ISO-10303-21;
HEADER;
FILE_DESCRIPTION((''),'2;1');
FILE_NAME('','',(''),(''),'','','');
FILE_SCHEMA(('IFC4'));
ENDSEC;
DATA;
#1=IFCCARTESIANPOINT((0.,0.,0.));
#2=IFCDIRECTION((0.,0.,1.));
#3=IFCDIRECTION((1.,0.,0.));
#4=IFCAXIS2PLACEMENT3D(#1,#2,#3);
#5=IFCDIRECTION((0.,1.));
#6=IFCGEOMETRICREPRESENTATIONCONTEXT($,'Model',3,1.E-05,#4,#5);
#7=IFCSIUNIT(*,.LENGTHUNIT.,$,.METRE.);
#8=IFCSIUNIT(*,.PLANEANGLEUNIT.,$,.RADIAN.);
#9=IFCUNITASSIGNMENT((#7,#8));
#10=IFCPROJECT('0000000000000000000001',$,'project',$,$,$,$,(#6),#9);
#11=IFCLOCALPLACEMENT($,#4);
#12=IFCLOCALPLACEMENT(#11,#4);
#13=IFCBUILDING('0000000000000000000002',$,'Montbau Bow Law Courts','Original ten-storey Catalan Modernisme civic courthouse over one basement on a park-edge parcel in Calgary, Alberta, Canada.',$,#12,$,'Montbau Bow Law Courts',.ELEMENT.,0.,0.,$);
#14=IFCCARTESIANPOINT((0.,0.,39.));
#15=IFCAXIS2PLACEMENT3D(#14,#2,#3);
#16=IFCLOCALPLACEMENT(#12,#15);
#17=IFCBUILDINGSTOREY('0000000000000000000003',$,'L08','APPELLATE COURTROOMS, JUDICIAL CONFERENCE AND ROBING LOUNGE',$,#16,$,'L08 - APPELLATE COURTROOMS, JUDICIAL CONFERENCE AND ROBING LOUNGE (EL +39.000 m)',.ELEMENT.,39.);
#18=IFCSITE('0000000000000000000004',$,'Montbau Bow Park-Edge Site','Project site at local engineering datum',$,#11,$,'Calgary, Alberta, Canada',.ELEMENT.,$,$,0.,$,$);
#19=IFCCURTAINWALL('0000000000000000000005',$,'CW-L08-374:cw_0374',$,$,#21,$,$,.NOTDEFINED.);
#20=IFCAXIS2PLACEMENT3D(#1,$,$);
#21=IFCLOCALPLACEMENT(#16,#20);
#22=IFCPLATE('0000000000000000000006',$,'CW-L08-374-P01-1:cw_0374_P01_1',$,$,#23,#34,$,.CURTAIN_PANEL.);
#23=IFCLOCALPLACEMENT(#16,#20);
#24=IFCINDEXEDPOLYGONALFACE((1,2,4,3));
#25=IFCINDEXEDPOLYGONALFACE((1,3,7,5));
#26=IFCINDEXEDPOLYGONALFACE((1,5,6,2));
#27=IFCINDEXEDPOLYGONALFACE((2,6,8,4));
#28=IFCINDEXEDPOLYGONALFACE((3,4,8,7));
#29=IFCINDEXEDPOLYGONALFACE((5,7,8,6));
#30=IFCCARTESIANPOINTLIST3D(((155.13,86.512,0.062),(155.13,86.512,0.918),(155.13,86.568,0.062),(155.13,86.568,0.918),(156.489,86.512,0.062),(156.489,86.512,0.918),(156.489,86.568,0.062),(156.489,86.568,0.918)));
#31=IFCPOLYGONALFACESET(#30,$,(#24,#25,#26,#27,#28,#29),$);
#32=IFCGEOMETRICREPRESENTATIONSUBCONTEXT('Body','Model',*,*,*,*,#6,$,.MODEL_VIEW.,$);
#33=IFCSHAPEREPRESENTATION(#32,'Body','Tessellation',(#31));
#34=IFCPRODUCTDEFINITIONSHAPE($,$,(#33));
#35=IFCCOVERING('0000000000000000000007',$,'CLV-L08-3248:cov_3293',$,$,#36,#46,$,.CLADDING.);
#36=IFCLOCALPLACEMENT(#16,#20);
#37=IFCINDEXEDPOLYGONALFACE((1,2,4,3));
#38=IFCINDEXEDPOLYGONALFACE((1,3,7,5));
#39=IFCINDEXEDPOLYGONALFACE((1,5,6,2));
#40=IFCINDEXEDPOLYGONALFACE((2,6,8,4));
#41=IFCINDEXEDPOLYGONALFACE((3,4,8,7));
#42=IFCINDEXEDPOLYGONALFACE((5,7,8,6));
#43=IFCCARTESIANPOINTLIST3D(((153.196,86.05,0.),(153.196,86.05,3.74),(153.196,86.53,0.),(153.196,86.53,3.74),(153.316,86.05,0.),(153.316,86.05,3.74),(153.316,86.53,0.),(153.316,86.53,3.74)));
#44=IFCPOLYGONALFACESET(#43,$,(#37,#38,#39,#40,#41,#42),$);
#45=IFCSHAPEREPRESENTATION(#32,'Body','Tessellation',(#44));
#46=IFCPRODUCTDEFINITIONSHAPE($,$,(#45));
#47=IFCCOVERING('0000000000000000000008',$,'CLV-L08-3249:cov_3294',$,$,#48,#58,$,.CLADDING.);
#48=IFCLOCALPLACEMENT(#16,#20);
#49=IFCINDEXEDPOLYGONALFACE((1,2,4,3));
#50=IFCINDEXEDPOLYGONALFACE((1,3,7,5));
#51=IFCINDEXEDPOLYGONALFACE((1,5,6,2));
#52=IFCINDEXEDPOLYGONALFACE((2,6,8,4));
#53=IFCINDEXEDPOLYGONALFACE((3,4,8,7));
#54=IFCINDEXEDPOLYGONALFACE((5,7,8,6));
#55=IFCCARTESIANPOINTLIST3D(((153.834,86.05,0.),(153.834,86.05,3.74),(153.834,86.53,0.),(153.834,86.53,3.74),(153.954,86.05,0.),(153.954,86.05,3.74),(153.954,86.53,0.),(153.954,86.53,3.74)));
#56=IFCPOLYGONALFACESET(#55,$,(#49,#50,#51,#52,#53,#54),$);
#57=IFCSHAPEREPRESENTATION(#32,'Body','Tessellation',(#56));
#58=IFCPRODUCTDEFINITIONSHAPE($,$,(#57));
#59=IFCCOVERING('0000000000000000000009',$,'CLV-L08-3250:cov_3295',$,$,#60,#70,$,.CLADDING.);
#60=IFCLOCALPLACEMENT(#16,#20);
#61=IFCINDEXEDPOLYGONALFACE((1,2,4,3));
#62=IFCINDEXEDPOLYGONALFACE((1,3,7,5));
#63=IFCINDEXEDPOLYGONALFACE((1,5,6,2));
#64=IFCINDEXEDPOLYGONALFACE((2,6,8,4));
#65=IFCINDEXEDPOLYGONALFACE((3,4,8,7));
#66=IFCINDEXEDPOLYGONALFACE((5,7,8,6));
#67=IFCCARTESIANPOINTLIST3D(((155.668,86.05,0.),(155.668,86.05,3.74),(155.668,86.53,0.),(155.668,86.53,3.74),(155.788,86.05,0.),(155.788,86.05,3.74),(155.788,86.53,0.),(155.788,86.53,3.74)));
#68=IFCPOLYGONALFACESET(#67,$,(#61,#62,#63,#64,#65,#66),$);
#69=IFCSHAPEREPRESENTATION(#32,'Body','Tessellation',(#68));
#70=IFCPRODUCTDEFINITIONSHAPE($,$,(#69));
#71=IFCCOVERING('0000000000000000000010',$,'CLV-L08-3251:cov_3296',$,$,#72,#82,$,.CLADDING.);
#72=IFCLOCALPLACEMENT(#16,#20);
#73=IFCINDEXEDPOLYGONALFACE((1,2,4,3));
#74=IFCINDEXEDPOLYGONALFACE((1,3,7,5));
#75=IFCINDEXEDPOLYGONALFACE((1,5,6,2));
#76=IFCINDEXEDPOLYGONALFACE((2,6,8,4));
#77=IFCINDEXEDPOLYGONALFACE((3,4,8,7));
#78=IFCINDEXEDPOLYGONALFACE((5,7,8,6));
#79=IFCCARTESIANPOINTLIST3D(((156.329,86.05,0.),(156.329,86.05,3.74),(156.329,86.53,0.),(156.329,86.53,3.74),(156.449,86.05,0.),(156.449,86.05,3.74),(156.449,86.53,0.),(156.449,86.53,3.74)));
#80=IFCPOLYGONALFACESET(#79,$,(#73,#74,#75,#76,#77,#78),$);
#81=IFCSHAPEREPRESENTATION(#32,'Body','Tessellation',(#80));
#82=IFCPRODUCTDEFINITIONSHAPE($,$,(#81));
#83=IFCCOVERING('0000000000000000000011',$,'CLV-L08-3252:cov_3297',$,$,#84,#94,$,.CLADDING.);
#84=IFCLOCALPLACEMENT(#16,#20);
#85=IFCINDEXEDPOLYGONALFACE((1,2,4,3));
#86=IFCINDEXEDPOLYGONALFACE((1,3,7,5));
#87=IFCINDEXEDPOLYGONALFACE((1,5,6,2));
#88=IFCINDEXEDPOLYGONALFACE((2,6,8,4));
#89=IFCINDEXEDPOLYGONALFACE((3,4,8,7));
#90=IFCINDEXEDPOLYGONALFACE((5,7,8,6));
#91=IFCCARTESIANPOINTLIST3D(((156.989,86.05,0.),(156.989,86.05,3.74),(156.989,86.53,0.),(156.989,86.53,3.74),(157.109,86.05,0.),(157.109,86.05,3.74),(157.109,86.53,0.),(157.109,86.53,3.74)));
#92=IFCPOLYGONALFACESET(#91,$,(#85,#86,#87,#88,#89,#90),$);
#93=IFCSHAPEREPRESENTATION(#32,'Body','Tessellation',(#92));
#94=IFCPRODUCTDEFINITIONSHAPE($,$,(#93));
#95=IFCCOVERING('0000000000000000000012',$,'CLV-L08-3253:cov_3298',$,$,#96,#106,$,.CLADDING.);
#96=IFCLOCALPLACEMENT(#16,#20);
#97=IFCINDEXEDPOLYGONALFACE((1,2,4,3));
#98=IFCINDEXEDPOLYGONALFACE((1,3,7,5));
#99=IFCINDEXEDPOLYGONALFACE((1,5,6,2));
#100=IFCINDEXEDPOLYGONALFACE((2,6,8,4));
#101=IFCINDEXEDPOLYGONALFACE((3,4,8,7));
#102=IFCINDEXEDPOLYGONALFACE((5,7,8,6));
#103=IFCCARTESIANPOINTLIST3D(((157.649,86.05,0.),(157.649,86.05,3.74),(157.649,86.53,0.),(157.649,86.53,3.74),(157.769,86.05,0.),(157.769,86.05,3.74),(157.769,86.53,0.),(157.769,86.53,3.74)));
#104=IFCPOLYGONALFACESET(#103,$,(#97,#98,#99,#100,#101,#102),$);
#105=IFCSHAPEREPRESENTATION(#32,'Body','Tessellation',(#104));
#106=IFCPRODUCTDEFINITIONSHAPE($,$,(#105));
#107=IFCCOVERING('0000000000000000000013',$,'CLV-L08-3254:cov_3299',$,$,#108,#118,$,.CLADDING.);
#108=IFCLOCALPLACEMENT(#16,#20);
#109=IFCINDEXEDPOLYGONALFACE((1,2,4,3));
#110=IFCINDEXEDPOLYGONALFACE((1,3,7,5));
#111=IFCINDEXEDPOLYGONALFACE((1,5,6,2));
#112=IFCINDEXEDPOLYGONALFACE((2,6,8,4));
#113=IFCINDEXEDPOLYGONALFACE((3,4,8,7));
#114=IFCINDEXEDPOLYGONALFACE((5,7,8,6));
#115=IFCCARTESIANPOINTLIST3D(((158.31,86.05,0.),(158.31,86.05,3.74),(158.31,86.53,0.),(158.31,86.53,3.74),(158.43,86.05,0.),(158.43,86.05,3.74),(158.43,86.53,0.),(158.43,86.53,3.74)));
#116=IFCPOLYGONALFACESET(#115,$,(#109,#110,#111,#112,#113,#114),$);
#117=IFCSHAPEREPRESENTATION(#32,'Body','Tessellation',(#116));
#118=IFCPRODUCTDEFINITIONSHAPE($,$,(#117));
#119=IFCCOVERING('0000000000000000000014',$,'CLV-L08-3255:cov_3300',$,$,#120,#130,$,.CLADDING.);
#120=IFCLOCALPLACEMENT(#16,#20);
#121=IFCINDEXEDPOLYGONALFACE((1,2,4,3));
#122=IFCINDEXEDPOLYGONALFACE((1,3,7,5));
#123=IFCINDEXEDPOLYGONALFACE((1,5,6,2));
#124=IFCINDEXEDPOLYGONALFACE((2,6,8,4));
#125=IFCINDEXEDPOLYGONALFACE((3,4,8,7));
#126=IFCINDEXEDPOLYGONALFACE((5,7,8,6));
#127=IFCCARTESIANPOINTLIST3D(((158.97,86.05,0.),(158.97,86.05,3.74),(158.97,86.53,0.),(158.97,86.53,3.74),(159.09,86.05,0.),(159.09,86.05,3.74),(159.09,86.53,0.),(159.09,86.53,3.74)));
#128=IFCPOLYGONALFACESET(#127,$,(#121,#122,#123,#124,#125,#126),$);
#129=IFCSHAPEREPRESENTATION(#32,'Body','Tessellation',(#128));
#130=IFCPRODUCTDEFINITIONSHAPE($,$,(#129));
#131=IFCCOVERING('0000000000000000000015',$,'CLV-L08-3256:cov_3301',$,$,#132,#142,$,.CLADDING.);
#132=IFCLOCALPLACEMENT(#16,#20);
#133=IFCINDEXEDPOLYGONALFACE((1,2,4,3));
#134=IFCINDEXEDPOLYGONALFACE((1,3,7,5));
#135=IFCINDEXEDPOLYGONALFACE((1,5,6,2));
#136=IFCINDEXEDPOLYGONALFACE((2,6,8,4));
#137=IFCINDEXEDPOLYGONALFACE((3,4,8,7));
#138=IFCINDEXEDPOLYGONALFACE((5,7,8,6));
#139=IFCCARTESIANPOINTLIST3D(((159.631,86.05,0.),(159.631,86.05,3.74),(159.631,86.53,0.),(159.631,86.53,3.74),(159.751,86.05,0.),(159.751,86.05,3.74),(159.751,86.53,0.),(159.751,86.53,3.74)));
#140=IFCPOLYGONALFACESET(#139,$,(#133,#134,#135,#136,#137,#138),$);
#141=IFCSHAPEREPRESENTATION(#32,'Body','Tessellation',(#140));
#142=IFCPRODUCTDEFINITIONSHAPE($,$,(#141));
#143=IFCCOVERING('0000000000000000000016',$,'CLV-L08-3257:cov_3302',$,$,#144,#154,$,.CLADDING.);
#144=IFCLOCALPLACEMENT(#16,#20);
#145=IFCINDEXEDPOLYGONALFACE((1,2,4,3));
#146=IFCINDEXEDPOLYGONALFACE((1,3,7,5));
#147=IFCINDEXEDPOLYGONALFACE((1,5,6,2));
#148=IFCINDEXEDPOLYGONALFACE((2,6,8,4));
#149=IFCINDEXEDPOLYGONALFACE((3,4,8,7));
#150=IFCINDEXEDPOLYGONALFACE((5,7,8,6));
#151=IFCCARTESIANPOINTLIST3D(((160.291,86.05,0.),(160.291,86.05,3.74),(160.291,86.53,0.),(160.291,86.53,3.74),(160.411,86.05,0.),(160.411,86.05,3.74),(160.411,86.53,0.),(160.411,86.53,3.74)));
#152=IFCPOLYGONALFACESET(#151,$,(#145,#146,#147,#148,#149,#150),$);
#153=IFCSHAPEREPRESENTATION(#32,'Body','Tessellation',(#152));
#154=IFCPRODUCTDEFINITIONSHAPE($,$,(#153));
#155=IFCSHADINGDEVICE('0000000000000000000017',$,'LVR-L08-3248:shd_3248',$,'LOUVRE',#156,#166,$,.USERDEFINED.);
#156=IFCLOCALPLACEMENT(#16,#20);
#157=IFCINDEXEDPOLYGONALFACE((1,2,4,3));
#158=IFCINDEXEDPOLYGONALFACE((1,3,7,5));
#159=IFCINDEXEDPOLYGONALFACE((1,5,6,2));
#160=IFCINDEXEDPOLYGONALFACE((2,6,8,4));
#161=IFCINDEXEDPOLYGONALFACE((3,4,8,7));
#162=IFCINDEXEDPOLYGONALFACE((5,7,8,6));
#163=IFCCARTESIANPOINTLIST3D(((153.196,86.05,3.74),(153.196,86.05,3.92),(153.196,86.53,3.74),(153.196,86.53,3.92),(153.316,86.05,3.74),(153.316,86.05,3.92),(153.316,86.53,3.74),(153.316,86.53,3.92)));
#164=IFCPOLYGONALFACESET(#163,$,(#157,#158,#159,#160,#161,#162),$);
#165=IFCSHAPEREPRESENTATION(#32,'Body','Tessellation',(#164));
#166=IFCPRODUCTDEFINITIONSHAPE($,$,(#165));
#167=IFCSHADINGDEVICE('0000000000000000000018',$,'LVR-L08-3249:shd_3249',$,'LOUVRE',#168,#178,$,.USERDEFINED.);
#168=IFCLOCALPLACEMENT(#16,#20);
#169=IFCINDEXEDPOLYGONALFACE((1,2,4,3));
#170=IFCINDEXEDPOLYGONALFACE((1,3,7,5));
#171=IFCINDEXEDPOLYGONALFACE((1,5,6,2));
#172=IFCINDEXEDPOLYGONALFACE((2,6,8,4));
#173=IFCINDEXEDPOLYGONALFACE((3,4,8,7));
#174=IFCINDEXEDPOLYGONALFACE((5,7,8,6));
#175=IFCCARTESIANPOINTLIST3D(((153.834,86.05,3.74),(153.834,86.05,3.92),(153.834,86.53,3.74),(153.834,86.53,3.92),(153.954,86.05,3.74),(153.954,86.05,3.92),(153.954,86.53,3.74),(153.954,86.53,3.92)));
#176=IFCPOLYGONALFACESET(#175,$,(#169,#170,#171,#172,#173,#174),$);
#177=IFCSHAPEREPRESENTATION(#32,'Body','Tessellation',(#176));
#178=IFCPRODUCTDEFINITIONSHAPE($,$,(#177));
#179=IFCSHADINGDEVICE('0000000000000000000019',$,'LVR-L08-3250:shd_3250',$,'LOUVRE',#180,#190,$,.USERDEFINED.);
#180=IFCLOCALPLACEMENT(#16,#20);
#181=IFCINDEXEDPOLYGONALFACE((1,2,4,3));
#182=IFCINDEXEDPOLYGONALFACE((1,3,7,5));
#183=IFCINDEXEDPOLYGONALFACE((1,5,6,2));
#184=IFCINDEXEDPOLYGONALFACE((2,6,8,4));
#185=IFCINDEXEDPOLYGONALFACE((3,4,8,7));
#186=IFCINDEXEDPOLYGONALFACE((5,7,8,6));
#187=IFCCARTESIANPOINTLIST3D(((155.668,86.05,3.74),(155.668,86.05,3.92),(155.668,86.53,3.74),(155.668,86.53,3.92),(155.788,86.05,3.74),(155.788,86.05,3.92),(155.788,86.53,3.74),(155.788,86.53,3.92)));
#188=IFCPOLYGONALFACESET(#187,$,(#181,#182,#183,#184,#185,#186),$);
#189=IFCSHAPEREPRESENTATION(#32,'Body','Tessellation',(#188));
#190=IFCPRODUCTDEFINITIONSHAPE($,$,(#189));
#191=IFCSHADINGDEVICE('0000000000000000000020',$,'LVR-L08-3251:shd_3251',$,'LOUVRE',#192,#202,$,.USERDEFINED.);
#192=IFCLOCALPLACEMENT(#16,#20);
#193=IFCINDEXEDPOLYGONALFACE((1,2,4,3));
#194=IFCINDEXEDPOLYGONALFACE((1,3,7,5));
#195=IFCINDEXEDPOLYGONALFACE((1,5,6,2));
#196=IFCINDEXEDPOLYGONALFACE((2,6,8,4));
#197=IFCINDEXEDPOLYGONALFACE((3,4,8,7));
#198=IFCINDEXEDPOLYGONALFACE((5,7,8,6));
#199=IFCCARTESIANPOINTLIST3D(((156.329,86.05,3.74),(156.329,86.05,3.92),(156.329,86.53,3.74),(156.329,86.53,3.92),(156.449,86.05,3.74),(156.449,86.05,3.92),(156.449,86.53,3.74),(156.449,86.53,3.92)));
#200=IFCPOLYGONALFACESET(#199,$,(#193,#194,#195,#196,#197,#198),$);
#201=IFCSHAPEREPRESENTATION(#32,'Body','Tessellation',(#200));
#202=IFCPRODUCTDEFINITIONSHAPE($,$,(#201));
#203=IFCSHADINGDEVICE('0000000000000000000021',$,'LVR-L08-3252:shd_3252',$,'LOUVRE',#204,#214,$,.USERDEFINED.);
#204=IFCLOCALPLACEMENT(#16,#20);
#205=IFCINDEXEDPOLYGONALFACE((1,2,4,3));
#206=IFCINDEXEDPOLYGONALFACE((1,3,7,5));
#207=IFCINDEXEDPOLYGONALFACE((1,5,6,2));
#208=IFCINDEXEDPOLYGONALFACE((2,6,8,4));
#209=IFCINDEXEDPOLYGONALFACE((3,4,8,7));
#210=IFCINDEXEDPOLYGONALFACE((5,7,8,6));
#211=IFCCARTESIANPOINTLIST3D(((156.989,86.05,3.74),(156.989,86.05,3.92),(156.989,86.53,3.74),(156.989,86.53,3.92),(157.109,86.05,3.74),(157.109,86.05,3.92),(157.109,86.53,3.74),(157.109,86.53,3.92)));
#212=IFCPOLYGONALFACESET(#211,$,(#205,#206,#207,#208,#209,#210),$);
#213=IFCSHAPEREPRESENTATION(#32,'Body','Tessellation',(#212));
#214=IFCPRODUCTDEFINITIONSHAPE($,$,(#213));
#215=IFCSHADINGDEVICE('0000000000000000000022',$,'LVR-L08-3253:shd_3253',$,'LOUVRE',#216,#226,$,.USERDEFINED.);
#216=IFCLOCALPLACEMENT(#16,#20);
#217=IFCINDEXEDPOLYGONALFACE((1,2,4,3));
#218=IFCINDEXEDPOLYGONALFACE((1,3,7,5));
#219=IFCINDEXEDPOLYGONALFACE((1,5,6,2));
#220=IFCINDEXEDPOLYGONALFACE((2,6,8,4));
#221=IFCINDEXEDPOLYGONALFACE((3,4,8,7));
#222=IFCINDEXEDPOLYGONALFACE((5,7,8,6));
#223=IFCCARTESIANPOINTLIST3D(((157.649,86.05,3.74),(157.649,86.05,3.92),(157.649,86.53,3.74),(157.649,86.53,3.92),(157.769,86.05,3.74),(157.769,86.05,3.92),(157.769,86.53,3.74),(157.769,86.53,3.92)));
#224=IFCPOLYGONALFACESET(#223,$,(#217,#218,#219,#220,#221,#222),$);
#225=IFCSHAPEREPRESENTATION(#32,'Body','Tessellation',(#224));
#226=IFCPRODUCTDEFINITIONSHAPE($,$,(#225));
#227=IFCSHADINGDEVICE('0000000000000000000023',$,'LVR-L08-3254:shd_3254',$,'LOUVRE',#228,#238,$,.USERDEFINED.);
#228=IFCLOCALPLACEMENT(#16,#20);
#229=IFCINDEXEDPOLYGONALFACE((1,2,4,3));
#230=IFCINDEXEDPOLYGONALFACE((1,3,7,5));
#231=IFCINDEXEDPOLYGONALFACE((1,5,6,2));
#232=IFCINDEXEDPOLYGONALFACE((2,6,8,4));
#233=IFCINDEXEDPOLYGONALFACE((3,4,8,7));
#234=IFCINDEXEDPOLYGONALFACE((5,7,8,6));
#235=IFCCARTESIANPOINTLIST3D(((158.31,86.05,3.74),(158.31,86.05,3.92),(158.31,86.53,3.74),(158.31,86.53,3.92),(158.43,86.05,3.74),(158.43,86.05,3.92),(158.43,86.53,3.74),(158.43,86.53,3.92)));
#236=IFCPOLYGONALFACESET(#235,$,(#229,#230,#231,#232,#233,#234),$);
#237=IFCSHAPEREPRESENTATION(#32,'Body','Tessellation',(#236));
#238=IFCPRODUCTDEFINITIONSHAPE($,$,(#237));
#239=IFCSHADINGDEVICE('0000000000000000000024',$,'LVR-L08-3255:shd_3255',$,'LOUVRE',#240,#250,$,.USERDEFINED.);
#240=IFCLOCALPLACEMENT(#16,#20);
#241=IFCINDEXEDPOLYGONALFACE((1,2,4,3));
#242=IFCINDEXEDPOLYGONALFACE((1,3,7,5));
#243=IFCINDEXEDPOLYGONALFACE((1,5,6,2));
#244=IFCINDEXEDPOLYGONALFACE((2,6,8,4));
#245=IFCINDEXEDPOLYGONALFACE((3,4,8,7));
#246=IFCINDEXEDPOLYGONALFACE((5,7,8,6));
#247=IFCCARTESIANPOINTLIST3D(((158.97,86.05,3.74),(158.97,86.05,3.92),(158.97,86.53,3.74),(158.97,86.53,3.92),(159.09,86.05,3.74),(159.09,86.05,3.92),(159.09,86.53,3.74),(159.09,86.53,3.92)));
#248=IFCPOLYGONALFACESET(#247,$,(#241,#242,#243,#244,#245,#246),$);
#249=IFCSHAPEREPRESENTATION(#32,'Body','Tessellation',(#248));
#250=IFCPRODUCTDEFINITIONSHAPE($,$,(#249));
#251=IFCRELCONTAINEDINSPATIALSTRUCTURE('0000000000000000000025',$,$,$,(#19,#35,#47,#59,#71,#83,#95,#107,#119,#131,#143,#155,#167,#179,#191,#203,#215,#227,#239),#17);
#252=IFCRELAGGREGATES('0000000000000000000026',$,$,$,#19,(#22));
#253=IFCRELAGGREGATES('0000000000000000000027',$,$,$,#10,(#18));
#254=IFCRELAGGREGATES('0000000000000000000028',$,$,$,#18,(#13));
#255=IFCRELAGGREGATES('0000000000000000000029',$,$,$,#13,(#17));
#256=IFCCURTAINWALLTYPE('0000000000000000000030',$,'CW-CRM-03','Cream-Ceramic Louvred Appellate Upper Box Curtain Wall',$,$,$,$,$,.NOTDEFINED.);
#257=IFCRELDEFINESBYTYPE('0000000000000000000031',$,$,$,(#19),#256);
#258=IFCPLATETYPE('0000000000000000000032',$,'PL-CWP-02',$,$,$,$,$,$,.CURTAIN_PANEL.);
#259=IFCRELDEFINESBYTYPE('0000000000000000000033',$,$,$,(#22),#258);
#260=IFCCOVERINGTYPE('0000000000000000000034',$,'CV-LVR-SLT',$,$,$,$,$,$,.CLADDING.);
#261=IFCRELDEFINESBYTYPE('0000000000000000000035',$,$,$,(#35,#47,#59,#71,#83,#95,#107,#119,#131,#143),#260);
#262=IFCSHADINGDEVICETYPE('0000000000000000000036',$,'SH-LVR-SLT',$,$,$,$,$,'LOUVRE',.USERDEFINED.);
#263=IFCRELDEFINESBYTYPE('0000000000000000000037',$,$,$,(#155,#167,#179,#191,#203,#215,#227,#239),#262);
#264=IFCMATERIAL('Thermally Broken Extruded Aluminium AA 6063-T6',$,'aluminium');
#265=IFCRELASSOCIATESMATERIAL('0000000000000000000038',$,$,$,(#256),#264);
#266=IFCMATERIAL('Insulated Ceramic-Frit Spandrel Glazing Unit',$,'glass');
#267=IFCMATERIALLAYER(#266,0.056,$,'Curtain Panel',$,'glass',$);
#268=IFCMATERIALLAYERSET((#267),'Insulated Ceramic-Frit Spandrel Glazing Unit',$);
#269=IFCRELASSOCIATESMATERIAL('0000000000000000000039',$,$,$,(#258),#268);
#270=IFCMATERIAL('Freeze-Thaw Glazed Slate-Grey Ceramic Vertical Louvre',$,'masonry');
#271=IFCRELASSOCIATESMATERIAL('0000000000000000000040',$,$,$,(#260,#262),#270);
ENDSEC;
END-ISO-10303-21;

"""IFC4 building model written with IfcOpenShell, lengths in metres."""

from ifc_helpers import new_model, si_unit, direction, frame, frame_2d, origin_with_axes, origin_2d_with_axis, place, context, subcontext, project, spatial, rectangle, extrude, material, layer, layer_set, type_object, element, aggregate, save


model = new_model("IFC4")

# Units and contexts
model_context = context("Model", 3, precision=1e-05, world=origin_with_axes(), true_north=direction((0.0, 1.0)))
body_context = subcontext(model_context, "Body", "Model", "MODEL_VIEW")
ifc_project = project(units=[si_unit("LENGTHUNIT", "METRE"), si_unit("PLANEANGLEUNIT", "RADIAN")], contexts=[model_context])

# Site, building, storey
site_placement = place(None, origin_with_axes())
site = spatial("IfcSite", under=ifc_project, at=site_placement, Name="Montbau Bow Park-Edge Site", Description="Project site at local engineering datum", LongName="Calgary, Alberta, Canada", CompositionType="ELEMENT", RefElevation=0.0)
building_placement = place(site_placement, origin_with_axes())
building = spatial("IfcBuilding", under=site, at=building_placement, Name="Montbau Bow Law Courts", Description="Original ten-storey Catalan Modernisme civic courthouse over one basement on a park-edge parcel in Calgary, Alberta, Canada.", LongName="Montbau Bow Law Courts", CompositionType="ELEMENT", ElevationOfRefHeight=0.0, ElevationOfTerrain=0.0)
storey_placement = place(building_placement, frame((0.0, 0.0, 39.0), z_axis=(0.0, 0.0, 1.0), x_axis=(1.0, 0.0, 0.0)))
storey = spatial("IfcBuildingStorey", under=building, at=storey_placement, Name="L08", Description="APPELLATE COURTROOMS, JUDICIAL CONFERENCE AND ROBING LOUNGE", LongName="L08 - APPELLATE COURTROOMS, JUDICIAL CONFERENCE AND ROBING LOUNGE (EL +39.000 m)", CompositionType="ELEMENT", Elevation=39.0)

# Shared definitions
ifc_material_1 = material(Name="Thermally Broken Extruded Aluminium AA 6063-T6", Category="aluminium")
curtain_wall_type = type_object("IfcCurtainWallType", Name="CW-CRM-03", Description="Cream-Ceramic Louvred Appellate Upper Box Curtain Wall", PredefinedType="NOTDEFINED", material=ifc_material_1)

# Curtain wall
curtain_wall_1_placement = place(None, frame((155.068, 86.54, 39.0), z_axis=(0.0, 0.0, 1.0), x_axis=(1.0, 0.0, 0.0)))
curtain_wall_1 = element("IfcCurtainWall", 1, at=curtain_wall_1_placement, inside=storey, type_object=curtain_wall_type, Name="CW-L08-374:cw_0374", PredefinedType="NOTDEFINED")

# Plate
ifc_material_2 = material(Name="Insulated Ceramic-Frit Spandrel Glazing Unit", Category="glass")
ifc_layer_1 = layer(ifc_material_2, 0.056, Name="Curtain Panel", Category="glass")
ifc_layer_set_1 = layer_set([ifc_layer_1], Name="Insulated Ceramic-Frit Spandrel Glazing Unit")
plate_type_1 = type_object("IfcPlateType", Name="PL-CWP-02", PredefinedType="CURTAIN_PANEL", material=ifc_layer_set_1)
plate_1_placement = place(None, frame((155.13, 86.54, 39.062), z_axis=(0.0, -1.0, 0.0), x_axis=(1.0, 0.0, 0.0)))
plate_1 = element("IfcPlate", 2, at=plate_1_placement, type_object=plate_type_1, Name="CW-L08-374-P01-1:cw_0374_P01_1", PredefinedType="CURTAIN_PANEL", context=body_context, shape_type="SweptSolid", body=[
    extrude(rectangle(XDim=1.359, YDim=0.856, at=frame_2d((0.6795, 0.428), x_axis=(1.0, 0.0))), frame((0.0, 0.0, -0.028), z_axis=(0.0, 0.0, 1.0), x_axis=(1.0, 0.0, 0.0)), (0.0, 0.0, 1.0), 0.056),
])
aggregate(curtain_wall_1, [plate_1])

# Coverings
ifc_material_3 = material(Name="Freeze-Thaw Glazed Slate-Grey Ceramic Vertical Louvre", Category="masonry")
covering_type = type_object("IfcCoveringType", Name="CV-LVR-SLT", PredefinedType="CLADDING", material=ifc_material_3)
for number, where, z_axis, x_axis, name in (
    (3, (153.256, 86.53, 39.0), (-1.0, 0.0, 0.0), (0.0, -1.0, 0.0), "CLV-L08-3248:cov_3293"),
    (4, (153.894, 86.53, 39.0), (-1.0, 0.0, 0.0), (0.0, -1.0, 0.0), "CLV-L08-3249:cov_3294"),
    (5, (155.728, 86.53, 39.0), (-1.0, 0.0, 0.0), (0.0, -1.0, 0.0), "CLV-L08-3250:cov_3295"),
    (6, (156.389, 86.53, 39.0), (-1.0, 0.0, 0.0), (0.0, -1.0, 0.0), "CLV-L08-3251:cov_3296"),
    (7, (157.049, 86.53, 39.0), (-1.0, 0.0, 0.0), (0.0, -1.0, 0.0), "CLV-L08-3252:cov_3297"),
    (8, (157.709, 86.53, 39.0), (-1.0, 0.0, 0.0), (0.0, -1.0, 0.0), "CLV-L08-3253:cov_3298"),
    (9, (158.37, 86.53, 39.0), (-1.0, 0.0, 0.0), (0.0, -1.0, 0.0), "CLV-L08-3254:cov_3299"),
    (10, (159.03, 86.53, 39.0), (-1.0, 0.0, 0.0), (0.0, -1.0, 0.0), "CLV-L08-3255:cov_3300"),
    (11, (159.691, 86.53, 39.0), (-1.0, 0.0, 0.0), (0.0, -1.0, 0.0), "CLV-L08-3256:cov_3301"),
    (12, (160.351, 86.53, 39.0), (-1.0, 0.0, 0.0), (0.0, -1.0, 0.0), "CLV-L08-3257:cov_3302"),
):
    element("IfcCovering", number, at=place(None, frame(where, z_axis=z_axis, x_axis=x_axis)), inside=storey, type_object=covering_type, Name=name, PredefinedType="CLADDING", context=body_context, shape_type="SweptSolid", body=[
        extrude(rectangle(XDim=0.48, YDim=3.74, at=frame_2d((0.24, 1.87), x_axis=(1.0, 0.0))), frame((0.0, 0.0, -0.06), z_axis=(0.0, 0.0, 1.0), x_axis=(1.0, 0.0, 0.0)), (0.0, 0.0, 1.0), 0.12),
    ])

# Shading devices
shading_device_type = type_object("IfcShadingDeviceType", Name="SH-LVR-SLT", ElementType="LOUVRE", PredefinedType="USERDEFINED", material=ifc_material_3)
for number, where, z_axis, x_axis, name in (
    (13, (153.256, 86.29, 42.74), (0.0, 0.0, 1.0), (0.0, -1.0, 0.0), "LVR-L08-3248:shd_3248"),
    (14, (153.894, 86.29, 42.74), (0.0, 0.0, 1.0), (0.0, -1.0, 0.0), "LVR-L08-3249:shd_3249"),
    (15, (155.728, 86.29, 42.74), (0.0, 0.0, 1.0), (0.0, -1.0, 0.0), "LVR-L08-3250:shd_3250"),
    (16, (156.389, 86.29, 42.74), (0.0, 0.0, 1.0), (0.0, -1.0, 0.0), "LVR-L08-3251:shd_3251"),
    (17, (157.049, 86.29, 42.74), (0.0, 0.0, 1.0), (0.0, -1.0, 0.0), "LVR-L08-3252:shd_3252"),
    (18, (157.709, 86.29, 42.74), (0.0, 0.0, 1.0), (0.0, -1.0, 0.0), "LVR-L08-3253:shd_3253"),
    (19, (158.37, 86.29, 42.74), (0.0, 0.0, 1.0), (0.0, -1.0, 0.0), "LVR-L08-3254:shd_3254"),
    (20, (159.03, 86.29, 42.74), (0.0, 0.0, 1.0), (0.0, -1.0, 0.0), "LVR-L08-3255:shd_3255"),
):
    element("IfcShadingDevice", number, at=place(None, frame(where, z_axis=z_axis, x_axis=x_axis)), inside=storey, type_object=shading_device_type, Name=name, ObjectType="LOUVRE", PredefinedType="USERDEFINED", context=body_context, shape_type="SweptSolid", body=[
        extrude(rectangle(XDim=0.48, YDim=0.12, at=origin_2d_with_axis()), origin_with_axes(), (0.0, 0.0, 1.0), 0.18),
    ])

save(model, "model.ifc")
